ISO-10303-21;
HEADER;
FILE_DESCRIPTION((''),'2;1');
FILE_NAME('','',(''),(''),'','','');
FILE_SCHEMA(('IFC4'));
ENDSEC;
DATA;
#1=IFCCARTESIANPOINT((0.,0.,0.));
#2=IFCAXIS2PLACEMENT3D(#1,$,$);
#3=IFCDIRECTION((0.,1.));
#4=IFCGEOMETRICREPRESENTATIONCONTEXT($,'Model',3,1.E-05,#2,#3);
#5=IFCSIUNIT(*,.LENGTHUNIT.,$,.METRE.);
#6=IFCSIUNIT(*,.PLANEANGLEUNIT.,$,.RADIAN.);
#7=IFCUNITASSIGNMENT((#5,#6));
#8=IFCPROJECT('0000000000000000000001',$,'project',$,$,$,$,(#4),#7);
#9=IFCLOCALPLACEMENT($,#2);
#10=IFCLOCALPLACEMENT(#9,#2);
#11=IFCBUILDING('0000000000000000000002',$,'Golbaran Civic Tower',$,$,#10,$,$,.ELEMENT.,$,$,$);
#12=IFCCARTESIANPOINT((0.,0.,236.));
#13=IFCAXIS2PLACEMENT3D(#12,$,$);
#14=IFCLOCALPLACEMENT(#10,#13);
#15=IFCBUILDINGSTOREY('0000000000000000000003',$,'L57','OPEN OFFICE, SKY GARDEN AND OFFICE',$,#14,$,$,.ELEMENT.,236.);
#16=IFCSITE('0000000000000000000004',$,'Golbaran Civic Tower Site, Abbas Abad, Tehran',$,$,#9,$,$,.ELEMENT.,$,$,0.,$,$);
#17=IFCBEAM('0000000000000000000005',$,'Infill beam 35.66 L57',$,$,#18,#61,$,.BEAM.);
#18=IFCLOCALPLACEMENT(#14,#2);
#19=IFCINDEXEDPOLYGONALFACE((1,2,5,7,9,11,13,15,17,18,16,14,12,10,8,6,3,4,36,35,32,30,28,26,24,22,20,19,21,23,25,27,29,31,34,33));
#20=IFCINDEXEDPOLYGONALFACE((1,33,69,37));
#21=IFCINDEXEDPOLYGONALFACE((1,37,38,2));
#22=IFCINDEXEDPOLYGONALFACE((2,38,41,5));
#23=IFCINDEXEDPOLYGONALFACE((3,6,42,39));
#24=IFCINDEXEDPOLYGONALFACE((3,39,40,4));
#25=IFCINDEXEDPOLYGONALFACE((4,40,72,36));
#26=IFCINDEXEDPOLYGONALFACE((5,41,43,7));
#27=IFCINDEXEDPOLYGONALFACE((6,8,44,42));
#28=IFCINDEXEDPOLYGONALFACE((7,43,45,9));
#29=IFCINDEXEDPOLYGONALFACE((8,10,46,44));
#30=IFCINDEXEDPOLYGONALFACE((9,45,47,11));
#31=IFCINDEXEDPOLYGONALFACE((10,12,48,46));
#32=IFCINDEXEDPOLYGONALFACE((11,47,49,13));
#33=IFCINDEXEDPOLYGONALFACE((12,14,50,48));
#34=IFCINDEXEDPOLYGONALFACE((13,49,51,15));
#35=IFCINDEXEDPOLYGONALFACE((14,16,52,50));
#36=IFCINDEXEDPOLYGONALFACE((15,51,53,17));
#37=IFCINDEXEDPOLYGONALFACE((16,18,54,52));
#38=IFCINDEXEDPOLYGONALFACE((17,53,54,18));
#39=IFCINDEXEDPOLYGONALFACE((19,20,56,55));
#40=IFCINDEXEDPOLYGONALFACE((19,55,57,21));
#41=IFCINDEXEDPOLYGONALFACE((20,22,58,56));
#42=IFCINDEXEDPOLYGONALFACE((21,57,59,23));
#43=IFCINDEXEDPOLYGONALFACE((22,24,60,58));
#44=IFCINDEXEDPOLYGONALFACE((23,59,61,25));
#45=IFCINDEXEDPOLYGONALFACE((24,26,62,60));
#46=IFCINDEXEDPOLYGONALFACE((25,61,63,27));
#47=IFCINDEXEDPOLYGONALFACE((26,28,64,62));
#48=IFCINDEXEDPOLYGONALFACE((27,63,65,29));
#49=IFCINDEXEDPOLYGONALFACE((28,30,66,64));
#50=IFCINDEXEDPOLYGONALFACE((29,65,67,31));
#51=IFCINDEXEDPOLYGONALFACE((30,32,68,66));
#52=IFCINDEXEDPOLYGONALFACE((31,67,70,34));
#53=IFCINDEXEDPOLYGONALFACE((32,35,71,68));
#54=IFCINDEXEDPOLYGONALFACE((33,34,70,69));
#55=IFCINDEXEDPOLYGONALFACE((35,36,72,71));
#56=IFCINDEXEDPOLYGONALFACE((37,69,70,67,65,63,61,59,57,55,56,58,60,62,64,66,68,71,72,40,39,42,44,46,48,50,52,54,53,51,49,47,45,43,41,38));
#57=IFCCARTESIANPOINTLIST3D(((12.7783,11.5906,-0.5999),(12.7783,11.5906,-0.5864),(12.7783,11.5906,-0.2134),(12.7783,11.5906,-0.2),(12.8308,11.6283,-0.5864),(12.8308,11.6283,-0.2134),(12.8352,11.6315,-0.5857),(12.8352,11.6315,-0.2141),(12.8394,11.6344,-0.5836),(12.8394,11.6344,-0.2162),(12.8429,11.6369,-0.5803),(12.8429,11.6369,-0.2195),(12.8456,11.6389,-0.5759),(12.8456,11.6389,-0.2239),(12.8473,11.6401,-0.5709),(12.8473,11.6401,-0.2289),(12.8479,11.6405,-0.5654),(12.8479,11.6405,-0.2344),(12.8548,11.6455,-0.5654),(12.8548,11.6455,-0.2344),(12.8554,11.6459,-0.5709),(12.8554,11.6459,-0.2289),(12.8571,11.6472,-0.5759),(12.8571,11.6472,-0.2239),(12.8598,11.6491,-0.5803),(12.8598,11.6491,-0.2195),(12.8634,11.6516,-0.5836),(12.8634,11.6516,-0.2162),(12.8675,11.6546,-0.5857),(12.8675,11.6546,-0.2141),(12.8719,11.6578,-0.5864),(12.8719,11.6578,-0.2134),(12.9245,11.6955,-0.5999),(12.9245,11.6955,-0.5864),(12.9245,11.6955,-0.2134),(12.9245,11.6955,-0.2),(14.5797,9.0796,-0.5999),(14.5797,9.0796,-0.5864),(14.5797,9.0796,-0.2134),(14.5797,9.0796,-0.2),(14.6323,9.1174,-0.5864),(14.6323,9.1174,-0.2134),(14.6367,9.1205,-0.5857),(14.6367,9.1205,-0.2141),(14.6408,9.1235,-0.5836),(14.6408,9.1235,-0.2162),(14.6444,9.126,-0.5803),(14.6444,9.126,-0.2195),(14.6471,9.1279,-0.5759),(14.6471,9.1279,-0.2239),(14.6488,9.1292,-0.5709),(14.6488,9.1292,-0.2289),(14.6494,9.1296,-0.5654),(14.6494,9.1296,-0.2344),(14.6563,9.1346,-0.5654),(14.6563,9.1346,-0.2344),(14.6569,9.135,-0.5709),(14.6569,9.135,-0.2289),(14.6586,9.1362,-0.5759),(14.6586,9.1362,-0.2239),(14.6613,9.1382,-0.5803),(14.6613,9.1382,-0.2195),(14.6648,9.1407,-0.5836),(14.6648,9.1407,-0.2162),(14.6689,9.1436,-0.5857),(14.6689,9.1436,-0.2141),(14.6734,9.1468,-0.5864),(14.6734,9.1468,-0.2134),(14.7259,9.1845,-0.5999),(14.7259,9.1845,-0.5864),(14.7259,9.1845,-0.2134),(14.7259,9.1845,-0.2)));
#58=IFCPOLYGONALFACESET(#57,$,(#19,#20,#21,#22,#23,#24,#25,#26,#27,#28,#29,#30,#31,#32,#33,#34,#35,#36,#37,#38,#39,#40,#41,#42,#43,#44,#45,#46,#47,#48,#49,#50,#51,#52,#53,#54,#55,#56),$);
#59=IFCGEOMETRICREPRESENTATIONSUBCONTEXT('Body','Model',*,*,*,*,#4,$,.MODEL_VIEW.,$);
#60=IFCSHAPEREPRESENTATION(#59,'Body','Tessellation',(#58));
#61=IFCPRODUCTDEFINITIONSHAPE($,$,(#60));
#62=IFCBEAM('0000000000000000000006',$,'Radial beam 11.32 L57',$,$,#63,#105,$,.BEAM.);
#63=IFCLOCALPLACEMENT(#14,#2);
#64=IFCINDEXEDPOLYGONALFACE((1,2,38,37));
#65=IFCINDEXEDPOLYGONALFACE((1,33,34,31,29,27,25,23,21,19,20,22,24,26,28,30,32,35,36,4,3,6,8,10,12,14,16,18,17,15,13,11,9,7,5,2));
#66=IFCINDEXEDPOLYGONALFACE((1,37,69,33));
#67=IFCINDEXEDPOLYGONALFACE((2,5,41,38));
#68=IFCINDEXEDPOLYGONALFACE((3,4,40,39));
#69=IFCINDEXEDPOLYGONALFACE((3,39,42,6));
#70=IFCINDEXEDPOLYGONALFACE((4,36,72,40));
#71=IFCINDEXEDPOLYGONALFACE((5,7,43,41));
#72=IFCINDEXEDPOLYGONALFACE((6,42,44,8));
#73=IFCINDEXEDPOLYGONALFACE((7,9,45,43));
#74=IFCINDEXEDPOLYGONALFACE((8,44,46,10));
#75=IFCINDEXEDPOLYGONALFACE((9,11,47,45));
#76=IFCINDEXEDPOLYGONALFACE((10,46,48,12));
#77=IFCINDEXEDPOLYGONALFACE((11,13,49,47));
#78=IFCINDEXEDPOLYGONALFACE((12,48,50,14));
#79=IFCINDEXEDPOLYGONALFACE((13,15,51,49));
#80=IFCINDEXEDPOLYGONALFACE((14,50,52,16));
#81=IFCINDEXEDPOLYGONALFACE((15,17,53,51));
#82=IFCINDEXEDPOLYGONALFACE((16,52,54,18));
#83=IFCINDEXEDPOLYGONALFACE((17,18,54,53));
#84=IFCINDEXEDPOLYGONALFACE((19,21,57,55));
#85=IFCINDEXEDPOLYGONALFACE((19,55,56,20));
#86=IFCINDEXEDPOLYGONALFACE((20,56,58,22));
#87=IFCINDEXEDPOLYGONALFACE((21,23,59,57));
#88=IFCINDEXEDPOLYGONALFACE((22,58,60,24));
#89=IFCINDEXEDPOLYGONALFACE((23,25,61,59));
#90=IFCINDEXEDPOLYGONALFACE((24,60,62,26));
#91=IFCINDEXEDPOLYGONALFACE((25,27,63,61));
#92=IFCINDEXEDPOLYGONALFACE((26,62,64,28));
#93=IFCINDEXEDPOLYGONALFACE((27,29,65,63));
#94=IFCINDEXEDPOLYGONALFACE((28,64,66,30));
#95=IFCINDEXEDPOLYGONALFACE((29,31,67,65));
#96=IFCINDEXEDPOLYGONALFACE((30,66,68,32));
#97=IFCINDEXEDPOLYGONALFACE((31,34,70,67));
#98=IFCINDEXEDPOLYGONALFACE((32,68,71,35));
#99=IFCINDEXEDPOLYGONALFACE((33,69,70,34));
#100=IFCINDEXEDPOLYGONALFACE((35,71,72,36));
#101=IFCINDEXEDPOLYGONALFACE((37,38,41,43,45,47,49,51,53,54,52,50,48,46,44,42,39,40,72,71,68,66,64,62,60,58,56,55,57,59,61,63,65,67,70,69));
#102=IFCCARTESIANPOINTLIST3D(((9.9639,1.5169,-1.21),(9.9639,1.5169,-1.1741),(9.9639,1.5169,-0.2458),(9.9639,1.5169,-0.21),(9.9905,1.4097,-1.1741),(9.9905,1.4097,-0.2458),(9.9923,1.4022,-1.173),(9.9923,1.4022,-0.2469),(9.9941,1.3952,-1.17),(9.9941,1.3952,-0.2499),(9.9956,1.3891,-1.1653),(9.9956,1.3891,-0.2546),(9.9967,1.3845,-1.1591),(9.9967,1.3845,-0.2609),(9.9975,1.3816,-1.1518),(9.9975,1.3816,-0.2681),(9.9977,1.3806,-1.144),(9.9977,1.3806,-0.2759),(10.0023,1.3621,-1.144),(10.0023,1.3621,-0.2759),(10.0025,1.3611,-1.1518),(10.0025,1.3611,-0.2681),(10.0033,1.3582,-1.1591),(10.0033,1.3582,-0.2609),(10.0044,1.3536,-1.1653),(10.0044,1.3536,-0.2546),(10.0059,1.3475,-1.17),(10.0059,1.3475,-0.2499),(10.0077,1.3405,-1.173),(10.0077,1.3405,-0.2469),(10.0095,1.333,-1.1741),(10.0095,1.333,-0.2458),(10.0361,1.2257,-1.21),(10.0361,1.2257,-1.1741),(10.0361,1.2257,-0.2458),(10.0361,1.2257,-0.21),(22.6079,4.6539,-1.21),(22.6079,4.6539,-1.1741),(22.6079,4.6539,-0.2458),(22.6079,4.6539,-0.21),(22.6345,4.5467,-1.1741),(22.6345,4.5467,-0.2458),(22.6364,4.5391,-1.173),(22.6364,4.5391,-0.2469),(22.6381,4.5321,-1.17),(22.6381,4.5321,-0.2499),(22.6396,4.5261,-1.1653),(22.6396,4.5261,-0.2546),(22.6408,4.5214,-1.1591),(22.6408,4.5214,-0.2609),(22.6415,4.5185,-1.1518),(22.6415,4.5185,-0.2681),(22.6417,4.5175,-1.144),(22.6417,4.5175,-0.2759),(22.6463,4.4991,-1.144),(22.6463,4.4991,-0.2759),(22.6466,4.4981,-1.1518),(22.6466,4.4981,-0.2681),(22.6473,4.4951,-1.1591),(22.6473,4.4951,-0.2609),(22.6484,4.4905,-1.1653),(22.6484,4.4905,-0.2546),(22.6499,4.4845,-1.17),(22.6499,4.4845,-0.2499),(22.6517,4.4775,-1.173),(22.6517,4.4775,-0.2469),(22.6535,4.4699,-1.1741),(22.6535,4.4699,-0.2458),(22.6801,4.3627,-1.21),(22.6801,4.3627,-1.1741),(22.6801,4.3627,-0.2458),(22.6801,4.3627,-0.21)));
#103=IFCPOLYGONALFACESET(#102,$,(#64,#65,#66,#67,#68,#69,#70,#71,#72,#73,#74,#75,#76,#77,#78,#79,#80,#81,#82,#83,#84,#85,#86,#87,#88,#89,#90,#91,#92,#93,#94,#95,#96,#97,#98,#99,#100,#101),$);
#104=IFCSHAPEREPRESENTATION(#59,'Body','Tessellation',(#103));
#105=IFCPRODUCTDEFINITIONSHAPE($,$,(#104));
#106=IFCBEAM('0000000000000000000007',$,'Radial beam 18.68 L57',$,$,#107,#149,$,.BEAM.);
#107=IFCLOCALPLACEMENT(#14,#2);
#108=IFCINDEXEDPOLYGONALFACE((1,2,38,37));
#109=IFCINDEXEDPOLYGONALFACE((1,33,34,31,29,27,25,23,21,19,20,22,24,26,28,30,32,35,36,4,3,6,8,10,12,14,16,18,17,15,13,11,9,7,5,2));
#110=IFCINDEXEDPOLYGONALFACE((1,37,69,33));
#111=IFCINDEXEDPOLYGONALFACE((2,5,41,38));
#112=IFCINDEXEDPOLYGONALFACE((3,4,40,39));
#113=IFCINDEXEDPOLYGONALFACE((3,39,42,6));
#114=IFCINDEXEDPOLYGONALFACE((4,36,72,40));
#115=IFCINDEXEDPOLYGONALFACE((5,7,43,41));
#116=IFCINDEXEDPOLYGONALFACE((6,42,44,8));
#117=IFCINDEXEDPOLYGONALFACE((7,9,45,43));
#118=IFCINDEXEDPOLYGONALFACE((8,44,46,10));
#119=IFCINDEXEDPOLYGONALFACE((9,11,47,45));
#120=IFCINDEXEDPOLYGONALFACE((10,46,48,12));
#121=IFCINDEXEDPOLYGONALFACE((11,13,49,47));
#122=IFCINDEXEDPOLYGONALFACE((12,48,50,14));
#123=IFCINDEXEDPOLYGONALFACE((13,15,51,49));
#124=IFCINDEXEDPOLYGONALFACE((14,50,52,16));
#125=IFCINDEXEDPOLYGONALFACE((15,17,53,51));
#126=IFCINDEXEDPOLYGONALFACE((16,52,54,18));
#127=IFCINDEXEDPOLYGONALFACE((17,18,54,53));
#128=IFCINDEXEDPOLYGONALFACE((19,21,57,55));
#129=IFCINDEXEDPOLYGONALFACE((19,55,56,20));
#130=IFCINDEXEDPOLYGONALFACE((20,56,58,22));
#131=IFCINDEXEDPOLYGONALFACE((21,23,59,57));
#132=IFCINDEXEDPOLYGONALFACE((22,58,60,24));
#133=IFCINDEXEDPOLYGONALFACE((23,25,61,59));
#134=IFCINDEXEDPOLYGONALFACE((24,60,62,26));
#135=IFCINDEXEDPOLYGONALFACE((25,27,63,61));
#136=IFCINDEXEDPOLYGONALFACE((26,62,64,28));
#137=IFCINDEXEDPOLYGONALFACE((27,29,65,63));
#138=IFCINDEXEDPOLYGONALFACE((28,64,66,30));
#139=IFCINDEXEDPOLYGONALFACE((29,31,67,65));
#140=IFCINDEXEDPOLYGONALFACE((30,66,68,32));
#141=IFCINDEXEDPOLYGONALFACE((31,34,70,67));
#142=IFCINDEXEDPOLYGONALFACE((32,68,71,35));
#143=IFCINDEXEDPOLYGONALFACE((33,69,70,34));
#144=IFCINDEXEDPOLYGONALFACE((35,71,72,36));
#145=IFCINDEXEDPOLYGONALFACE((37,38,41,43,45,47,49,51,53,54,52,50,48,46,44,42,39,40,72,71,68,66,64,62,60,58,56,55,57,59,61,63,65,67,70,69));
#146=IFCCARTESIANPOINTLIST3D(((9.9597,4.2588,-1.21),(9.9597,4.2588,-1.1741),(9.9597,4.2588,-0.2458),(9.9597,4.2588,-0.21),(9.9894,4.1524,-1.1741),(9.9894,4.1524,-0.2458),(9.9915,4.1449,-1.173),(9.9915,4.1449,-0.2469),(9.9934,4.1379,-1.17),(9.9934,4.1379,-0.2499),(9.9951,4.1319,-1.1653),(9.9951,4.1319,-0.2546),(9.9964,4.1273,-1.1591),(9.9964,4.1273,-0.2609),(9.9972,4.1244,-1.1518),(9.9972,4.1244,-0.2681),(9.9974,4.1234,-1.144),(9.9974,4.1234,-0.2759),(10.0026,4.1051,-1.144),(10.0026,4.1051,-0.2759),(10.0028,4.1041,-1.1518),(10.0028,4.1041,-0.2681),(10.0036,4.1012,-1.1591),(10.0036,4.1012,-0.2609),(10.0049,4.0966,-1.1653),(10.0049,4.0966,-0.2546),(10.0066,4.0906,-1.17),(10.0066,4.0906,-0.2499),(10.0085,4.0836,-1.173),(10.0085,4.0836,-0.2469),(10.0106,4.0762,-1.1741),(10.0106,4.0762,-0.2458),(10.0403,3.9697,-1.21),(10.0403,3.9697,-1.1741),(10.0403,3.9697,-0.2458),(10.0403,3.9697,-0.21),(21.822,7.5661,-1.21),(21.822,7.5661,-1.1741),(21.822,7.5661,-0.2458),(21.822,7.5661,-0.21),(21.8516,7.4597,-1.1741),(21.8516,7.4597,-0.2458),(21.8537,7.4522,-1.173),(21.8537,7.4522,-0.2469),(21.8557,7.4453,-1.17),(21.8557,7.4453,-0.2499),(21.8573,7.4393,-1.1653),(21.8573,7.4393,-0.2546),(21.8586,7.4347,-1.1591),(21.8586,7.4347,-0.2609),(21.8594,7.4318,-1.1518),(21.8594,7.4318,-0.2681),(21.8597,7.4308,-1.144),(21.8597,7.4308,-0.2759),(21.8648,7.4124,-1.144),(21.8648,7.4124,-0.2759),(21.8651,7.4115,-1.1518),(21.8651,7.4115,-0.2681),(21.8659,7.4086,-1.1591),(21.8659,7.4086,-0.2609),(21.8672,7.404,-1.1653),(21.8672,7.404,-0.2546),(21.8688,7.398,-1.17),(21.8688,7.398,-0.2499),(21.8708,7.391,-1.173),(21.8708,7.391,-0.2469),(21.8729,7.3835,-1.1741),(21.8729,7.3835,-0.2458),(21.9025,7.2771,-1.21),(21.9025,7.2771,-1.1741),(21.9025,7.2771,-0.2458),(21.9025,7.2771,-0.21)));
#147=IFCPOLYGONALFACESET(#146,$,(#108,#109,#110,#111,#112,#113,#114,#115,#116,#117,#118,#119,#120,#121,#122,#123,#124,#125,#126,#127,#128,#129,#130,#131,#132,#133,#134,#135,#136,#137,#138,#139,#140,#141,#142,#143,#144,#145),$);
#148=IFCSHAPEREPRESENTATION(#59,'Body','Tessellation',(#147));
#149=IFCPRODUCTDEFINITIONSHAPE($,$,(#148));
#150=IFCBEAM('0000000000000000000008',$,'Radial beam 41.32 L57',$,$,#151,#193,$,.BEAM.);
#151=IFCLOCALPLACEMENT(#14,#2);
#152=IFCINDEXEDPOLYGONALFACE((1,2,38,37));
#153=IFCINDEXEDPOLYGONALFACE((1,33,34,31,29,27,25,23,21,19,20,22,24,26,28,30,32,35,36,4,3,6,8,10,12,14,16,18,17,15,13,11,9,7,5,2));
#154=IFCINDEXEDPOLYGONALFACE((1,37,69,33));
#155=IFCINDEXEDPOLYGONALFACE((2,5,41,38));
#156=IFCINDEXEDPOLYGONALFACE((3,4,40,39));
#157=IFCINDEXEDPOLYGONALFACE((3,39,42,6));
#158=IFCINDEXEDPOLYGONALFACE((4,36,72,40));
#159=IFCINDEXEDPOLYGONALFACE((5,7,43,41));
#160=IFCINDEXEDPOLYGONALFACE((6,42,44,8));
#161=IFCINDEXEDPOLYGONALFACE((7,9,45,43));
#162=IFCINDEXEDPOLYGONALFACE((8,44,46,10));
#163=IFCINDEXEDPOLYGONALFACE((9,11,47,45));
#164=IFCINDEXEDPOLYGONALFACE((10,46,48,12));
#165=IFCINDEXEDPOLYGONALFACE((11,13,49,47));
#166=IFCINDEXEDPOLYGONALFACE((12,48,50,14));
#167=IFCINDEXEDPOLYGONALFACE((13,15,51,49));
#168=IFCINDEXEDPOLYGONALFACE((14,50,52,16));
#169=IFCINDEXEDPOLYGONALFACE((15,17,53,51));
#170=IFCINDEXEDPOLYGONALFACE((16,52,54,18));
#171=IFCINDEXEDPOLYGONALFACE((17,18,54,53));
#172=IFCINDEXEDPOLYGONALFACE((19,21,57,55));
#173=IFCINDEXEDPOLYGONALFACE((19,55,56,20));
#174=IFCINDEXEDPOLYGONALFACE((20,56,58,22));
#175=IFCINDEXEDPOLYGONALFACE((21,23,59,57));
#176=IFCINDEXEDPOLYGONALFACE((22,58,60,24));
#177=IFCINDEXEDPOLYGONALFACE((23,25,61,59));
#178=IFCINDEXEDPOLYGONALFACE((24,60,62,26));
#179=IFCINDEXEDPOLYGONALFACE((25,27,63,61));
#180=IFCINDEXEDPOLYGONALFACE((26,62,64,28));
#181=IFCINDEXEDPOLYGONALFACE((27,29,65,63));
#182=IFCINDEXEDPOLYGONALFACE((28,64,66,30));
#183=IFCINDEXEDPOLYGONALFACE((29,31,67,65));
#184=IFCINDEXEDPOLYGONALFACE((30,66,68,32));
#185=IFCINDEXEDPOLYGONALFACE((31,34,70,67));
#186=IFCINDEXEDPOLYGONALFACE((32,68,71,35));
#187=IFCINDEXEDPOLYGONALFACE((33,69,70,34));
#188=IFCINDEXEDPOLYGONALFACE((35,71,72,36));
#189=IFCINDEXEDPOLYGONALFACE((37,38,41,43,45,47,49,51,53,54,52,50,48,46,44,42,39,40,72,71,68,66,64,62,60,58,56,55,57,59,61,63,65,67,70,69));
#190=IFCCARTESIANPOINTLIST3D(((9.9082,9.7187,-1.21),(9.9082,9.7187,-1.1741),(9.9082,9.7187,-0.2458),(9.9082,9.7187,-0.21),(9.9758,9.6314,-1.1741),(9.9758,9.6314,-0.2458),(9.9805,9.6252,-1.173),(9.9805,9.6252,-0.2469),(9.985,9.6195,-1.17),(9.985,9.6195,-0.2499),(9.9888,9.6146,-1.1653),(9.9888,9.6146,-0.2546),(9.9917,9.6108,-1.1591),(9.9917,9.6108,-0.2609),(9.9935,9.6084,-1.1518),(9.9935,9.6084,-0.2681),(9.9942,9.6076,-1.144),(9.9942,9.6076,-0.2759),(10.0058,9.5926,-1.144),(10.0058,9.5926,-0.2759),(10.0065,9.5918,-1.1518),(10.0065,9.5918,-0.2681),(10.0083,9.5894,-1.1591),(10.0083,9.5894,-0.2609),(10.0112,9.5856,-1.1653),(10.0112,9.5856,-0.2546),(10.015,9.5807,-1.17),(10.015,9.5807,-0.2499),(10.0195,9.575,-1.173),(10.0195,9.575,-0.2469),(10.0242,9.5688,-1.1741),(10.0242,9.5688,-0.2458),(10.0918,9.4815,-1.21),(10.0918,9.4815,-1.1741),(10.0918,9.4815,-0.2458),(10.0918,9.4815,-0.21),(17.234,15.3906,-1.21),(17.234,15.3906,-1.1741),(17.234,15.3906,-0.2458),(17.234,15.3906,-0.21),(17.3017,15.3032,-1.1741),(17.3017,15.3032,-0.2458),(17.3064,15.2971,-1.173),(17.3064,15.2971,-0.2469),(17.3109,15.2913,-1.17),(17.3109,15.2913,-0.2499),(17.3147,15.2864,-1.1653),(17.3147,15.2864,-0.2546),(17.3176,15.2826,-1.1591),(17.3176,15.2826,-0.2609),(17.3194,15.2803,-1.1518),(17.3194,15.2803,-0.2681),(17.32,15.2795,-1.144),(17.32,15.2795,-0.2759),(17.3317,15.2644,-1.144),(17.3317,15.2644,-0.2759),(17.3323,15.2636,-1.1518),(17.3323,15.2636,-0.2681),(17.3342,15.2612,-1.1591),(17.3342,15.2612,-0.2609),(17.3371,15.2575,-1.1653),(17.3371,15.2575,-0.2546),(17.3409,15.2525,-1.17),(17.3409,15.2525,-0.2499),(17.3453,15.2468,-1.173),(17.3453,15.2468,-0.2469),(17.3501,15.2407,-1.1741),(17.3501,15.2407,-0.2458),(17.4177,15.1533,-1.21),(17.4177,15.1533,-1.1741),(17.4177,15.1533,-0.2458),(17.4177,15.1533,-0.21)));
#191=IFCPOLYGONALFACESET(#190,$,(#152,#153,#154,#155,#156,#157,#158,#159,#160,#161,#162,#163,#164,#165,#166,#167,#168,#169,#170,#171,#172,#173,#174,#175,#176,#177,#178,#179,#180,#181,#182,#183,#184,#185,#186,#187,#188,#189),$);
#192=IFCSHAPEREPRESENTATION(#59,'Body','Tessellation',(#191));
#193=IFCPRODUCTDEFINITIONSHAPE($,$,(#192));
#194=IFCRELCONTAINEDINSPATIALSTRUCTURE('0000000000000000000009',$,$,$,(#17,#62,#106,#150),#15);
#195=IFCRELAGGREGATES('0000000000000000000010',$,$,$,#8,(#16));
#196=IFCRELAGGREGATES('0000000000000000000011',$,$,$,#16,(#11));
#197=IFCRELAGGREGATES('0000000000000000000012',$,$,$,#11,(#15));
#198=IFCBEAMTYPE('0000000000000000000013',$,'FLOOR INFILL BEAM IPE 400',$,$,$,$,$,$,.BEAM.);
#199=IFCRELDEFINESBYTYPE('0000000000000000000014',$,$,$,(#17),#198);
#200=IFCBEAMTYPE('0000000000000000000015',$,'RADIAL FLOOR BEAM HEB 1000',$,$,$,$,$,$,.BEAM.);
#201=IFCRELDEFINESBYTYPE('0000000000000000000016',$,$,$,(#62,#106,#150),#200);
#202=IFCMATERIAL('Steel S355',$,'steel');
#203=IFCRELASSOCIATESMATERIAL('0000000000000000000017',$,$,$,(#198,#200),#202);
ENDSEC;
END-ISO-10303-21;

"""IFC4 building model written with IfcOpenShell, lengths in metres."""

from ifc_helpers import new_model, si_unit, direction, frame, origin, origin_2d, place, context, subcontext, project, spatial, i_section, extrude, material, material_profile, profile_set, type_object, element, save


model = new_model("IFC4")

# Units and contexts
model_context = context("Model", 3, precision=1e-05, world=origin(), true_north=direction((0.0, 1.0)))
body_context = subcontext(model_context, "Body", "Model", "MODEL_VIEW")
ifc_project = project(units=[si_unit("LENGTHUNIT", "METRE"), si_unit("PLANEANGLEUNIT", "RADIAN")], contexts=[model_context])

# Site, building, storey
site_placement = place(None, origin())
site = spatial("IfcSite", under=ifc_project, at=site_placement, Name="Golbaran Civic Tower Site, Abbas Abad, Tehran", CompositionType="ELEMENT", RefElevation=0.0)
building_placement = place(site_placement, origin())
building = spatial("IfcBuilding", under=site, at=building_placement, Name="Golbaran Civic Tower", CompositionType="ELEMENT")
storey_placement = place(building_placement, frame((0.0, 0.0, 236.0)))
storey = spatial("IfcBuildingStorey", under=building, at=storey_placement, Name="L57", Description="OPEN OFFICE, SKY GARDEN AND OFFICE", CompositionType="ELEMENT", Elevation=236.0)

# Beams
ifc_material_1 = material(Name="Steel S355", Category="steel")
ifc_material_profile_1 = material_profile(ifc_material_1, i_section(OverallWidth=0.1799, OverallDepth=0.3999, WebThickness=0.0085, FlangeThickness=0.0134, FilletRadius=0.021, at=origin_2d()), Name="IPE 400")
ifc_profile_set_1 = profile_set([ifc_material_profile_1], Name="Steel S355")
beam_type_1 = type_object("IfcBeamType", Name="FLOOR INFILL BEAM IPE 400", PredefinedType="BEAM", material=ifc_profile_set_1)
beam_1_placement = place(storey_placement, frame((14.6528, 9.1321, -0.3999), z_axis=(-0.582941, 0.812515, 0.0), x_axis=(-0.812515, -0.582941, 0.0)))
element("IfcBeam", 1, at=beam_1_placement, inside=storey, type_object=beam_type_1, Name="Infill beam 35.66 L57", PredefinedType="BEAM", context=body_context, shape_type="SweptSolid", body=[
    extrude(i_section(OverallWidth=0.1799, OverallDepth=0.3999, WebThickness=0.0085, FlangeThickness=0.0134, FilletRadius=0.021, at=origin_2d()), origin(), (0.0, 0.0, 1.0), 3.0903),
])
ifc_material_profile_2 = material_profile(ifc_material_1, i_section(OverallWidth=0.3, OverallDepth=1.0, WebThickness=0.019, FlangeThickness=0.0359, FilletRadius=0.03, at=origin_2d()), Name="HEB 1000")
ifc_profile_set_2 = profile_set([ifc_material_profile_2], Name="Steel S355")
beam_type_2 = type_object("IfcBeamType", Name="RADIAL FLOOR BEAM HEB 1000", PredefinedType="BEAM", material=ifc_profile_set_2)
beam_2_placement = place(storey_placement, frame((10.0, 1.3713, -0.71), z_axis=(0.970575, 0.240798, 0.0), x_axis=(-0.240798, 0.970575, 0.0)))
element("IfcBeam", 2, at=beam_2_placement, inside=storey, type_object=beam_type_2, Name="Radial beam 11.32 L57", PredefinedType="BEAM", context=body_context, shape_type="SweptSolid", body=[
    extrude(i_section(OverallWidth=0.3, OverallDepth=1.0, WebThickness=0.019, FlangeThickness=0.0359, FilletRadius=0.03, at=origin_2d()), origin(), (0.0, 0.0, 1.0), 13.0273),
])
beam_3_placement = place(storey_placement, frame((10.0, 4.1143, -0.71), z_axis=(0.96326, 0.26857, 0.0), x_axis=(-0.26857, 0.96326, 0.0)))
element("IfcBeam", 3, at=beam_3_placement, inside=storey, type_object=beam_type_2, Name="Radial beam 18.68 L57", PredefinedType="BEAM", context=body_context, shape_type="SweptSolid", body=[
    extrude(i_section(OverallWidth=0.3, OverallDepth=1.0, WebThickness=0.019, FlangeThickness=0.0359, FilletRadius=0.03, at=origin_2d()), origin(), (0.0, 0.0, 1.0), 12.3147),
])
beam_4_placement = place(storey_placement, frame((10.0, 9.6001, -0.71), z_axis=(0.790714, 0.612186, 0.0), x_axis=(-0.612186, 0.790714, 0.0)))
element("IfcBeam", 4, at=beam_4_placement, inside=storey, type_object=beam_type_2, Name="Radial beam 41.32 L57", PredefinedType="BEAM", context=body_context, shape_type="SweptSolid", body=[
    extrude(i_section(OverallWidth=0.3, OverallDepth=1.0, WebThickness=0.019, FlangeThickness=0.0359, FilletRadius=0.03, at=origin_2d()), origin(), (0.0, 0.0, 1.0), 9.2649),
])

save(model, "model.ifc")
